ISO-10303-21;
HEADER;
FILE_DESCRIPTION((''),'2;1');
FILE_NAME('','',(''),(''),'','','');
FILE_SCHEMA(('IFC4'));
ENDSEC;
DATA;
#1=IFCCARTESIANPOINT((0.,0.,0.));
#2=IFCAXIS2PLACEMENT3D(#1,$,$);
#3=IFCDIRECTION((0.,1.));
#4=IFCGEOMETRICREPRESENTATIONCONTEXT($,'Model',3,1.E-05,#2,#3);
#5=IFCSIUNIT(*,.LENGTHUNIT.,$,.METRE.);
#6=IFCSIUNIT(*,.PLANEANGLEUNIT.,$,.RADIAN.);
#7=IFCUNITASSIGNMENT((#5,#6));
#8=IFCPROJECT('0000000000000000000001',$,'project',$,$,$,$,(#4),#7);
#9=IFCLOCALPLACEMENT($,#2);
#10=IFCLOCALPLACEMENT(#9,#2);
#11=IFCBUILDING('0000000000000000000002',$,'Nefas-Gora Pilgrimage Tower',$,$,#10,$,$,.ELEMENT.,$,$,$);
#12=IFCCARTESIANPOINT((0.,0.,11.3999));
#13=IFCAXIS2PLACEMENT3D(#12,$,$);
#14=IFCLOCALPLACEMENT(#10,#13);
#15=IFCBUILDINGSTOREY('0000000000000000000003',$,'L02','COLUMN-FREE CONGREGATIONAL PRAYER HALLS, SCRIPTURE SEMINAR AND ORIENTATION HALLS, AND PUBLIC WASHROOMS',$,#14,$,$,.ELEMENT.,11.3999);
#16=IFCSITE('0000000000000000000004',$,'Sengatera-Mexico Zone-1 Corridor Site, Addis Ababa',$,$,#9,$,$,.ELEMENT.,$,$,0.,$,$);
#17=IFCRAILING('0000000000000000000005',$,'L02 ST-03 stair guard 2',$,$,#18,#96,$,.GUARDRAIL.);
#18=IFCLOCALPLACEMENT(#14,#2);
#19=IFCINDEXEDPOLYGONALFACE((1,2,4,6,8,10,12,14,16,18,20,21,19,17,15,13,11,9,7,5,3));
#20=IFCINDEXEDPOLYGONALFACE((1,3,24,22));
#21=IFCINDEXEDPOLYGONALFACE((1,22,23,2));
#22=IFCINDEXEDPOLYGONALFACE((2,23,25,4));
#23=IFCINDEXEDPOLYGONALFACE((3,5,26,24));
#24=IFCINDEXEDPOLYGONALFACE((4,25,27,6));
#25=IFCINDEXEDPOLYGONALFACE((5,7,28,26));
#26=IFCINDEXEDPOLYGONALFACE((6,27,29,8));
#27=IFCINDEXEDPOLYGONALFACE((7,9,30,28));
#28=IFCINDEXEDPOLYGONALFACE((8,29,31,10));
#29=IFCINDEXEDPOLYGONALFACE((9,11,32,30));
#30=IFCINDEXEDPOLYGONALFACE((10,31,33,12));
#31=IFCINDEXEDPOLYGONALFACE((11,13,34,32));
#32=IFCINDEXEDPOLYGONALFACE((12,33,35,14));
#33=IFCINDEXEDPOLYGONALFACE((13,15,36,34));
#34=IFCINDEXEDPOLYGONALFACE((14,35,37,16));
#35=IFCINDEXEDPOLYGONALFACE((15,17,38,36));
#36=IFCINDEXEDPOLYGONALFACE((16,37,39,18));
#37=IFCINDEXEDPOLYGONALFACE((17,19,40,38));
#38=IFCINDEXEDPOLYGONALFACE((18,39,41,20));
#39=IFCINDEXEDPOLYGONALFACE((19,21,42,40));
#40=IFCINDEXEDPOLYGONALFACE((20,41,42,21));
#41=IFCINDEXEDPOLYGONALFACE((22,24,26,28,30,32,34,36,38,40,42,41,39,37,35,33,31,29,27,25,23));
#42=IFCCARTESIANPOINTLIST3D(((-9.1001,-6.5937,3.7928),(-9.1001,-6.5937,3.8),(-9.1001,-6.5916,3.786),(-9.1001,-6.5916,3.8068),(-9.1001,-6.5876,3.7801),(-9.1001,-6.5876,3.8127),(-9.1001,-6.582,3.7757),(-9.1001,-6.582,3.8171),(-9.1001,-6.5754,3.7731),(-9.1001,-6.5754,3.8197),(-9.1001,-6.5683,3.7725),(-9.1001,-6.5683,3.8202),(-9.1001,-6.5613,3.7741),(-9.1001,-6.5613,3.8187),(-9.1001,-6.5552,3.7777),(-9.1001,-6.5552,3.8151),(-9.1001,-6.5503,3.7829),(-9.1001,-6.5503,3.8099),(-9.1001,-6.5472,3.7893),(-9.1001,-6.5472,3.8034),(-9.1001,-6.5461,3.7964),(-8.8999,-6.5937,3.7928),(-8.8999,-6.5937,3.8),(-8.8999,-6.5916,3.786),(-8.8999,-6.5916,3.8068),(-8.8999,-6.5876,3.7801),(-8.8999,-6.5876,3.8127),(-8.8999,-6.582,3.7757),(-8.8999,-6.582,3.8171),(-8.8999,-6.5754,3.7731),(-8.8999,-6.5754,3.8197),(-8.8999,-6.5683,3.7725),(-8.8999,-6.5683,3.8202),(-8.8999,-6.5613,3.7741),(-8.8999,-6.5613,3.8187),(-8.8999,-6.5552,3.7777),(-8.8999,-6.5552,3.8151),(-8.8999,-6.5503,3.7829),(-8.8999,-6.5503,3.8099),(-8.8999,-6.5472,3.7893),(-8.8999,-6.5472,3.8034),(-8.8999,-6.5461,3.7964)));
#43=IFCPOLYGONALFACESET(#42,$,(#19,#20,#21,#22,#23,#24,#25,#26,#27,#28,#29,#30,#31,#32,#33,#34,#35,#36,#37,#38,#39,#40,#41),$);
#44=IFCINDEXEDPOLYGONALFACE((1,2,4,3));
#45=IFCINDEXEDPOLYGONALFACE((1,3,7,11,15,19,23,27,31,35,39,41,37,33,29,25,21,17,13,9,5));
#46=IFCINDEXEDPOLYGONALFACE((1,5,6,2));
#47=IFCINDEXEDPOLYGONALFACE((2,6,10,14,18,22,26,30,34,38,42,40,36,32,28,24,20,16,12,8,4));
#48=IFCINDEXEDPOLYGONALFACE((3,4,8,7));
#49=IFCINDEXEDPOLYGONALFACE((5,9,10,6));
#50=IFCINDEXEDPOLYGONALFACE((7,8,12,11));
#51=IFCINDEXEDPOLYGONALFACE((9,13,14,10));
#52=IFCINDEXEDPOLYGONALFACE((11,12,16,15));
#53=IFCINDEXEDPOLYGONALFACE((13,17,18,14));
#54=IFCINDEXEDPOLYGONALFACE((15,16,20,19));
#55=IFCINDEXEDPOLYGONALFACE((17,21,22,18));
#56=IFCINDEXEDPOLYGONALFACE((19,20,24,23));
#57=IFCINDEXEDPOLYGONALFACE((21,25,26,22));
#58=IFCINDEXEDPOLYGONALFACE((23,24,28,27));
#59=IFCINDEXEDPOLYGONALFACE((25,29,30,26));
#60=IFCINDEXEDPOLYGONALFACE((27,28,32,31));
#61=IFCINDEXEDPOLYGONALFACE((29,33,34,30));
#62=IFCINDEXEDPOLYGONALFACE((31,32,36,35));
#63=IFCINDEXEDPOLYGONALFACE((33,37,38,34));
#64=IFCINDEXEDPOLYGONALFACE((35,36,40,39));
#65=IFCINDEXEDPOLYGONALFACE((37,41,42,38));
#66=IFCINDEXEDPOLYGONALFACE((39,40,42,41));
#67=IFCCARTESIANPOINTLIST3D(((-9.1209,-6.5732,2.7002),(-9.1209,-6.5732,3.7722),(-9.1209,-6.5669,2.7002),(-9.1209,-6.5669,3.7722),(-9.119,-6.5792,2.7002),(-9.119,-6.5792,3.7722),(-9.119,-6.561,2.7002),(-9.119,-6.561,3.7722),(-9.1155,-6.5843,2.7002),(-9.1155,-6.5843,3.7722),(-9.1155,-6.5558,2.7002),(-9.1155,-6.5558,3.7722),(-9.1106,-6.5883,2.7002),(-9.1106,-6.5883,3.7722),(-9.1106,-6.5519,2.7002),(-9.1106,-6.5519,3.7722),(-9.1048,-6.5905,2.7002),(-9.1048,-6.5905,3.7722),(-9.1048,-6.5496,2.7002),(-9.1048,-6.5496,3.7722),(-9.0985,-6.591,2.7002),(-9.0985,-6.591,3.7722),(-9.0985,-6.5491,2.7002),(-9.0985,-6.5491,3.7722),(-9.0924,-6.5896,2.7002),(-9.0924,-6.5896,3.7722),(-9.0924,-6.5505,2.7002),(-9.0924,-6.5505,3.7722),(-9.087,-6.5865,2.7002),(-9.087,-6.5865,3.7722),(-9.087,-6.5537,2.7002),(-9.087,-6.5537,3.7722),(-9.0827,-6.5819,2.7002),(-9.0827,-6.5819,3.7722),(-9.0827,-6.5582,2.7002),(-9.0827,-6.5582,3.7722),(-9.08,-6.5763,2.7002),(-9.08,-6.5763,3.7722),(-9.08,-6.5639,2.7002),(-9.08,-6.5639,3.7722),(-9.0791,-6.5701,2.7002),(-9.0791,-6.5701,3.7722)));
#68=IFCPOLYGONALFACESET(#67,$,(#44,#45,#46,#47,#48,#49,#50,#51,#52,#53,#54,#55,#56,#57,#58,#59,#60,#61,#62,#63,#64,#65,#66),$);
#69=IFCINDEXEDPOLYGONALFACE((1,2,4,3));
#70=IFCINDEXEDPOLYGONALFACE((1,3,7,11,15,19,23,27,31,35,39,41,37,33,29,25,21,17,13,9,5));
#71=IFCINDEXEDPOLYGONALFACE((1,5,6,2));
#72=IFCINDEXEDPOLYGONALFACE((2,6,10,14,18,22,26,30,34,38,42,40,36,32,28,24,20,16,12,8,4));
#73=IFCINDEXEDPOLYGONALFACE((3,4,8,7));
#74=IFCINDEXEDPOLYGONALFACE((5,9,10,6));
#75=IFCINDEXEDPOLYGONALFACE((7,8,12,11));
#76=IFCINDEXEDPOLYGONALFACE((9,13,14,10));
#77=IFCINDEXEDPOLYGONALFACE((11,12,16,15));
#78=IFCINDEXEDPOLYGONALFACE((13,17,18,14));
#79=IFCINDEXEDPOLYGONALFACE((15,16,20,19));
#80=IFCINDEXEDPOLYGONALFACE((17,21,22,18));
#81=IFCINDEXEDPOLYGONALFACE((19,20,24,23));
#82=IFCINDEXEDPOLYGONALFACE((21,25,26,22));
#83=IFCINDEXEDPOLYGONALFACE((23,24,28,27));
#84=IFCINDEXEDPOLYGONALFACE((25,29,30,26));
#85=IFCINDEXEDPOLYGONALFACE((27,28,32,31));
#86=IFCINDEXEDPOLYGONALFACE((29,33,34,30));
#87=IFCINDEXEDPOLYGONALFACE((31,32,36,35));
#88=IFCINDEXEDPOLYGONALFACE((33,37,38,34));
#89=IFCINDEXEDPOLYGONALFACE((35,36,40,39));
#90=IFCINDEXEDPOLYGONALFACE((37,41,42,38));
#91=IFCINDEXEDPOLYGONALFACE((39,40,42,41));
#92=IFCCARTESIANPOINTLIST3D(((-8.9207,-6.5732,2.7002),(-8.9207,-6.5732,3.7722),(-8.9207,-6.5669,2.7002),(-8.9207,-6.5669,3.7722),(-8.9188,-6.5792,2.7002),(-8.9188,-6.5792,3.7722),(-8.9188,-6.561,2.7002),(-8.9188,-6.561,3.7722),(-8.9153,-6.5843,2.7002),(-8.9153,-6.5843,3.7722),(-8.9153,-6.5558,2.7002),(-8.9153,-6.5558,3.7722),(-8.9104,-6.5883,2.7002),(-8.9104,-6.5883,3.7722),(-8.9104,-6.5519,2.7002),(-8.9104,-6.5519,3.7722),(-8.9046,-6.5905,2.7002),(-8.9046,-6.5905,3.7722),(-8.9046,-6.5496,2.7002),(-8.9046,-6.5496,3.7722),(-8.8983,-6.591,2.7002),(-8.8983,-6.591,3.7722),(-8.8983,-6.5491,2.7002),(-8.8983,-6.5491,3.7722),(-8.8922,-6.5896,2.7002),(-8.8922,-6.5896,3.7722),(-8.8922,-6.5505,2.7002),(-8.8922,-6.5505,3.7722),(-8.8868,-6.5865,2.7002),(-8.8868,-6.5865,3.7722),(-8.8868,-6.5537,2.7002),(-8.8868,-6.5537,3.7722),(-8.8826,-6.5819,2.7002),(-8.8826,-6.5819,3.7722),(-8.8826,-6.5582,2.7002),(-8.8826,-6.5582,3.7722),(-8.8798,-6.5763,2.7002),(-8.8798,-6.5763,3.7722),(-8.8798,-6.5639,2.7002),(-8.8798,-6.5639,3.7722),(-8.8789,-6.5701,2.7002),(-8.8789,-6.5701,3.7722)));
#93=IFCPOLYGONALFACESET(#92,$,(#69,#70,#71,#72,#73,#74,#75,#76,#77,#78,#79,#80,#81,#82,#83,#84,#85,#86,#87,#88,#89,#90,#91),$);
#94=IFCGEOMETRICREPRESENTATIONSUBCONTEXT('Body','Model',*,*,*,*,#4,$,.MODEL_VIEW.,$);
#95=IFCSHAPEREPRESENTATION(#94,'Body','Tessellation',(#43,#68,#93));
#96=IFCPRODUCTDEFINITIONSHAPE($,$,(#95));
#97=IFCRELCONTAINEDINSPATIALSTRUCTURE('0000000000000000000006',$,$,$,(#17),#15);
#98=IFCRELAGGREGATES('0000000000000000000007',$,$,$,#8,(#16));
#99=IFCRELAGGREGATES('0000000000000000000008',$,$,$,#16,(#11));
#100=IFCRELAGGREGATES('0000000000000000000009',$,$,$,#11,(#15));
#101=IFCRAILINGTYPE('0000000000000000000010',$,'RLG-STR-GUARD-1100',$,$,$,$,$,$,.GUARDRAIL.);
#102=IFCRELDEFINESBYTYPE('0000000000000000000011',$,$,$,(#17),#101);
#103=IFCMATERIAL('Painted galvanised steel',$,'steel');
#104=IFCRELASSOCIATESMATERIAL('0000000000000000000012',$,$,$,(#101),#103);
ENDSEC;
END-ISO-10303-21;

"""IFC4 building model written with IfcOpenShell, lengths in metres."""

from ifc_helpers import new_model, si_unit, direction, frame, origin, origin_2d, place, context, subcontext, project, spatial, circle, extrude, material, type_object, element, save


model = new_model("IFC4")

# Units and contexts
model_context = context("Model", 3, precision=1e-05, world=origin(), true_north=direction((0.0, 1.0)))
body_context = subcontext(model_context, "Body", "Model", "MODEL_VIEW")
ifc_project = project(units=[si_unit("LENGTHUNIT", "METRE"), si_unit("PLANEANGLEUNIT", "RADIAN")], contexts=[model_context])

# Site, building, storey
site_placement = place(None, origin())
site = spatial("IfcSite", under=ifc_project, at=site_placement, Name="Sengatera-Mexico Zone-1 Corridor Site, Addis Ababa", CompositionType="ELEMENT", RefElevation=0.0)
building_placement = place(site_placement, origin())
building = spatial("IfcBuilding", under=site, at=building_placement, Name="Nefas-Gora Pilgrimage Tower", CompositionType="ELEMENT")
storey_placement = place(building_placement, frame((0.0, 0.0, 11.3999)))
storey = spatial("IfcBuildingStorey", under=building, at=storey_placement, Name="L02", Description="COLUMN-FREE CONGREGATIONAL PRAYER HALLS, SCRIPTURE SEMINAR AND ORIENTATION HALLS, AND PUBLIC WASHROOMS", CompositionType="ELEMENT", Elevation=11.3999)

# Railing
ifc_material_1 = material(Name="Painted galvanised steel", Category="steel")
railing_type = type_object("IfcRailingType", Name="RLG-STR-GUARD-1100", PredefinedType="GUARDRAIL", material=ifc_material_1)
railing_1_placement = place(storey_placement, frame((-9.1001, -6.5701, 2.7002)))
element("IfcRailing", 1, at=railing_1_placement, inside=storey, type_object=railing_type, Name="L02 ST-03 stair guard 2", PredefinedType="GUARDRAIL", context=body_context, shape_type="SweptSolid", body=[
    extrude(circle(Radius=0.0239, at=origin_2d()), frame((0.0, 0.0, 1.0962), z_axis=(1.0, 0.0, 0.0), x_axis=(0.0, 1.0, 0.0)), (0.0, 0.0, 1.0), 0.2002),
    extrude(circle(Radius=0.021, at=origin_2d()), origin(), (0.0, 0.0, 1.0), 1.072),
    extrude(circle(Radius=0.021, at=origin_2d()), frame((0.2002, 0.0, 0.0)), (0.0, 0.0, 1.0), 1.072),
])

save(model, "model.ifc")
